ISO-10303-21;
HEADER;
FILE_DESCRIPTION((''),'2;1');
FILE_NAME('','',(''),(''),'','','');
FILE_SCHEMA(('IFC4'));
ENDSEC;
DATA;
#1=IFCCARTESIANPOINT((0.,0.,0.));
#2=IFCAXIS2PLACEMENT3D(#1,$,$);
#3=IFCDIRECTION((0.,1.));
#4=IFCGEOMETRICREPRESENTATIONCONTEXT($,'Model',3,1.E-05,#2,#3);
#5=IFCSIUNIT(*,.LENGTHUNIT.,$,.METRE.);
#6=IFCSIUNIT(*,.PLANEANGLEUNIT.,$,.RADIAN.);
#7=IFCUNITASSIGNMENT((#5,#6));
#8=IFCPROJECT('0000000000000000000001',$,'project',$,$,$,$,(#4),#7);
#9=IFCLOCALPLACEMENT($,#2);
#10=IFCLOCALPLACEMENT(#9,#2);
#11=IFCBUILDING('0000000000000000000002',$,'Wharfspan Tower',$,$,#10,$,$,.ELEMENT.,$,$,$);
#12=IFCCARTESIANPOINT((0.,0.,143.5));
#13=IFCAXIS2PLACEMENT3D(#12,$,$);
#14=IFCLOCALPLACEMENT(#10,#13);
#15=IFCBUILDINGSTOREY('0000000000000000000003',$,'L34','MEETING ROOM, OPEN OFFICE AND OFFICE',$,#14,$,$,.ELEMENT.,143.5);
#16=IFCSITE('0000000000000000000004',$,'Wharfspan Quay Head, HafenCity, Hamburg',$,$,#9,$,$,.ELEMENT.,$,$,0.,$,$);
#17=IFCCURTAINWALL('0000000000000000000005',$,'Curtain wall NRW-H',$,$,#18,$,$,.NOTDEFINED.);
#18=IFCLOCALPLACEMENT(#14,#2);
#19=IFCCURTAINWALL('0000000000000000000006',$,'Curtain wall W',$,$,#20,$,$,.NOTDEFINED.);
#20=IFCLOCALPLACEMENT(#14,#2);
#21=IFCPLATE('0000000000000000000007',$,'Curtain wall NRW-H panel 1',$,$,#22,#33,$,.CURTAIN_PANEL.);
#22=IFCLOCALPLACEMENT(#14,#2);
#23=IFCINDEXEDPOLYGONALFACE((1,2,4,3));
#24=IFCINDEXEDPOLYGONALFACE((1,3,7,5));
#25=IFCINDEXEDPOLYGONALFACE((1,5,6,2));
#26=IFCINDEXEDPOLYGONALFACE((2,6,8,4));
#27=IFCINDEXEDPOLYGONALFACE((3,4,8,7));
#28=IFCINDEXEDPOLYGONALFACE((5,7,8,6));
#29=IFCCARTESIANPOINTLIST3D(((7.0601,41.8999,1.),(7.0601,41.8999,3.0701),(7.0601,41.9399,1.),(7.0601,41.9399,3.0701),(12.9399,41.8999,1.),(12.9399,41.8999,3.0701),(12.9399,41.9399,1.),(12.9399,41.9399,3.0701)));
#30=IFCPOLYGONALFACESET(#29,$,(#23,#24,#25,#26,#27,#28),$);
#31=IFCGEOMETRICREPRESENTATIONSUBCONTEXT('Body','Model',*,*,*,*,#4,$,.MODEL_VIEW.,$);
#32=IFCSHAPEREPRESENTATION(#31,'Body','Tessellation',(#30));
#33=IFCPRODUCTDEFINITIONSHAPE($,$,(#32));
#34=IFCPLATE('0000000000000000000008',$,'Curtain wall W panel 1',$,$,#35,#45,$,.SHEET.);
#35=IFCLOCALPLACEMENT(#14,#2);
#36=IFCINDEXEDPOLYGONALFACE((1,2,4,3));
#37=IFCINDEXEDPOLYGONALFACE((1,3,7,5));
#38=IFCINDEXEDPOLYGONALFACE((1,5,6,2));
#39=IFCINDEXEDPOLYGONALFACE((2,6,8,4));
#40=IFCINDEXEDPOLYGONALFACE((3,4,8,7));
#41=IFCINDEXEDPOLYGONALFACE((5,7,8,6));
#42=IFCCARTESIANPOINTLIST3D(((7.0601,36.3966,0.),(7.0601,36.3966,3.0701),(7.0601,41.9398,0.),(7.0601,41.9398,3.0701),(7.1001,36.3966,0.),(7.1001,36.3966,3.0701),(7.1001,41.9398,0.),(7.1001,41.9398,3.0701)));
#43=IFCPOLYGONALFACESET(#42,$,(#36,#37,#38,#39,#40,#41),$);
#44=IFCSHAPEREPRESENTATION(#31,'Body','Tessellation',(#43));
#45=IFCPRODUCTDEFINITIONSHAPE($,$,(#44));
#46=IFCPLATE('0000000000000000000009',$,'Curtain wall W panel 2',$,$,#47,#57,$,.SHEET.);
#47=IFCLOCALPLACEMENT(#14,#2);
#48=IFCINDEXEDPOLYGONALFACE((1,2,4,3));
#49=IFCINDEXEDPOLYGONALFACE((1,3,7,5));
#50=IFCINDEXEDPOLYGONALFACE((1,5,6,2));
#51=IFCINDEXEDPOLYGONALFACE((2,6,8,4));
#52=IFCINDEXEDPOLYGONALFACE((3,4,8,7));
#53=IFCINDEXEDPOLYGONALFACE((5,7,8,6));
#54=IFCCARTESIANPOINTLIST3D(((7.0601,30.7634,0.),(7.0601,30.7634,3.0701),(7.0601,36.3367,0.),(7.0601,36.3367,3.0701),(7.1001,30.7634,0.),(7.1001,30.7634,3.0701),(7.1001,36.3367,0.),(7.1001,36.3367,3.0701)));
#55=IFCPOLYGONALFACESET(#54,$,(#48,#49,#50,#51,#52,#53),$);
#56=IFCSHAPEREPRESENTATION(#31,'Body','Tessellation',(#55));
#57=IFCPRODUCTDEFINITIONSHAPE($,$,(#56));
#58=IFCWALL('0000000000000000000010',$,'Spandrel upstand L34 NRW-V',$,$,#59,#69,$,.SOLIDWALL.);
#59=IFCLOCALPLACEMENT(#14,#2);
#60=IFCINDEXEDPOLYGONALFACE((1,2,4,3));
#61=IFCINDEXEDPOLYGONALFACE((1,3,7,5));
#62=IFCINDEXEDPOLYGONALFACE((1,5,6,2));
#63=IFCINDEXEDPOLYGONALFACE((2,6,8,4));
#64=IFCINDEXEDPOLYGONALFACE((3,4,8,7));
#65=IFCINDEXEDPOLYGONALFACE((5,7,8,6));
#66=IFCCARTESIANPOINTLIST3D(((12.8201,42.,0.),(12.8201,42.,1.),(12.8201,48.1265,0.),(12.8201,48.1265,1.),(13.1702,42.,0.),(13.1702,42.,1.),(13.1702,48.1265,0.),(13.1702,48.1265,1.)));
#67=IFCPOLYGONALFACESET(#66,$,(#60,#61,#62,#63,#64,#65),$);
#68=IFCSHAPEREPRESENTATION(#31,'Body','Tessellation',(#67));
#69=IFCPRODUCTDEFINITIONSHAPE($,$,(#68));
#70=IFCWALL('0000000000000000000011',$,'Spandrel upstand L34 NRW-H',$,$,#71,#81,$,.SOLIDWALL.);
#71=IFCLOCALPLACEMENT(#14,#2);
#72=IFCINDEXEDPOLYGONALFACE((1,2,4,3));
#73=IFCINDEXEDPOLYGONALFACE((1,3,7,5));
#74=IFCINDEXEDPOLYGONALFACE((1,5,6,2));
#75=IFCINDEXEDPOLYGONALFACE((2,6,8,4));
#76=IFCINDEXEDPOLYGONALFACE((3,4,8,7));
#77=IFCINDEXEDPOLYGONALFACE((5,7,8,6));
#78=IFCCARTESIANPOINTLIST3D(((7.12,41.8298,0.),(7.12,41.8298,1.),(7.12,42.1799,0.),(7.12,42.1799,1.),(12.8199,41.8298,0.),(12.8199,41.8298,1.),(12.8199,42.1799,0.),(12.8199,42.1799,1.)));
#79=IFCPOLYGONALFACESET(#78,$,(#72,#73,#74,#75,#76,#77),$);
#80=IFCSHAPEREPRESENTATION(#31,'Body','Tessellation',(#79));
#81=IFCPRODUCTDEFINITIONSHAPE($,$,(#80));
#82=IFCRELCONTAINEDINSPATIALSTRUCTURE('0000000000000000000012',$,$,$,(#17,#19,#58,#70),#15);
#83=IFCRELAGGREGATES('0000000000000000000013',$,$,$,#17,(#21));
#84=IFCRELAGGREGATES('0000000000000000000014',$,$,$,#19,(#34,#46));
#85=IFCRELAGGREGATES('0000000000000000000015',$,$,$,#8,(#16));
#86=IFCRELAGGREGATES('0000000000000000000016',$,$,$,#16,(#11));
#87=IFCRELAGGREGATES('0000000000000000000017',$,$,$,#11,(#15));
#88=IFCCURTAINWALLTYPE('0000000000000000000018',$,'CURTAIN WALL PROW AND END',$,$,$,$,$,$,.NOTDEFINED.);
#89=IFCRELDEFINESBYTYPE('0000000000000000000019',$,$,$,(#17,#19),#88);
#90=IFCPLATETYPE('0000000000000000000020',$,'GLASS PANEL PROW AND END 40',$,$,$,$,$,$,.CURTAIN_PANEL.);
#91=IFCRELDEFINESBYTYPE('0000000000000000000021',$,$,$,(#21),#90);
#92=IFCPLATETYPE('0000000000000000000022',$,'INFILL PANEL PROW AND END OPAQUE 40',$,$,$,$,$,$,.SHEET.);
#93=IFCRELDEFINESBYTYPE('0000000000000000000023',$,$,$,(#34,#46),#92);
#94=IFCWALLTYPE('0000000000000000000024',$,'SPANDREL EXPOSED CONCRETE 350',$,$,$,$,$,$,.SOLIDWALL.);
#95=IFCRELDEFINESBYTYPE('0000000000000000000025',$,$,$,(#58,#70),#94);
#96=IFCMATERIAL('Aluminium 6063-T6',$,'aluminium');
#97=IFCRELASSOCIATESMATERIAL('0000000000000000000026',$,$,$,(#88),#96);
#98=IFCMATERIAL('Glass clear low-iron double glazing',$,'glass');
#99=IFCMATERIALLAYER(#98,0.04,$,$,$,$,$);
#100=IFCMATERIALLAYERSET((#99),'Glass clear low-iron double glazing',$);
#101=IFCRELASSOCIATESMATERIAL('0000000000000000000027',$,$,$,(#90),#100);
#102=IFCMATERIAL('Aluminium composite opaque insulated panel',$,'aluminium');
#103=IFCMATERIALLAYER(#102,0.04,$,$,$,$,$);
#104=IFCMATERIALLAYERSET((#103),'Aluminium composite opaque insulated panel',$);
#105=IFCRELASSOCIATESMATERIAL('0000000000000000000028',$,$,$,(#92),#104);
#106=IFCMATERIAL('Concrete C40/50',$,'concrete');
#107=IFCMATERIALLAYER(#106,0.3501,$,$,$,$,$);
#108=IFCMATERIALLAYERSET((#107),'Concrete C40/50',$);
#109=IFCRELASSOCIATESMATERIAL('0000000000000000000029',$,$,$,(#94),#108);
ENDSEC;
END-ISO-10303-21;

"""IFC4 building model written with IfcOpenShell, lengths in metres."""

from ifc_helpers import new_model, si_unit, direction, frame, frame_2d, origin, origin_2d, place, context, subcontext, project, spatial, rectangle, extrude, material, layer, layer_set, type_object, element, aggregate, save


model = new_model("IFC4")

# Units and contexts
model_context = context("Model", 3, precision=1e-05, world=origin(), true_north=direction((0.0, 1.0)))
body_context = subcontext(model_context, "Body", "Model", "MODEL_VIEW")
ifc_project = project(units=[si_unit("LENGTHUNIT", "METRE"), si_unit("PLANEANGLEUNIT", "RADIAN")], contexts=[model_context])

# Site, building, storey
site_placement = place(None, origin())
site = spatial("IfcSite", under=ifc_project, at=site_placement, Name="Wharfspan Quay Head, HafenCity, Hamburg", CompositionType="ELEMENT", RefElevation=0.0)
building_placement = place(site_placement, origin())
building = spatial("IfcBuilding", under=site, at=building_placement, Name="Wharfspan Tower", CompositionType="ELEMENT")
storey_placement = place(building_placement, frame((0.0, 0.0, 143.5)))
storey = spatial("IfcBuildingStorey", under=building, at=storey_placement, Name="L34", Description="MEETING ROOM, OPEN OFFICE AND OFFICE", CompositionType="ELEMENT", Elevation=143.5)

# Curtain walls
ifc_material_1 = material(Name="Aluminium 6063-T6", Category="aluminium")
curtain_wall_type = type_object("IfcCurtainWallType", Name="CURTAIN WALL PROW AND END", PredefinedType="NOTDEFINED", material=ifc_material_1)
curtain_wall_1_placement = place(storey_placement, origin())
curtain_wall_1 = element("IfcCurtainWall", 1, at=curtain_wall_1_placement, inside=storey, type_object=curtain_wall_type, Name="Curtain wall NRW-H", PredefinedType="NOTDEFINED")
curtain_wall_2_placement = place(storey_placement, origin())
curtain_wall_2 = element("IfcCurtainWall", 2, at=curtain_wall_2_placement, inside=storey, type_object=curtain_wall_type, Name="Curtain wall W", PredefinedType="NOTDEFINED")

# Plates
ifc_material_2 = material(Name="Glass clear low-iron double glazing", Category="glass")
ifc_layer_1 = layer(ifc_material_2, 0.04)
ifc_layer_set_1 = layer_set([ifc_layer_1], Name="Glass clear low-iron double glazing")
plate_type_1 = type_object("IfcPlateType", Name="GLASS PANEL PROW AND END 40", PredefinedType="CURTAIN_PANEL", material=ifc_layer_set_1)
plate_1_placement = place(storey_placement, frame((10.0, 41.9199, 1.0), z_axis=(0.0, 0.0, 1.0), x_axis=(-1.0, 0.0, 0.0)))
plate_1 = element("IfcPlate", 3, at=plate_1_placement, type_object=plate_type_1, Name="Curtain wall NRW-H panel 1", PredefinedType="CURTAIN_PANEL", context=body_context, shape_type="SweptSolid", body=[
    extrude(rectangle(XDim=5.8799, YDim=0.04, at=origin_2d()), origin(), (0.0, 0.0, 1.0), 2.0701),
])
aggregate(curtain_wall_1, [plate_1])
ifc_material_3 = material(Name="Aluminium composite opaque insulated panel", Category="aluminium")
ifc_layer_2 = layer(ifc_material_3, 0.04)
ifc_layer_set_2 = layer_set([ifc_layer_2], Name="Aluminium composite opaque insulated panel")
plate_type_2 = type_object("IfcPlateType", Name="INFILL PANEL PROW AND END OPAQUE 40", PredefinedType="SHEET", material=ifc_layer_set_2)
plate_2_placement = place(storey_placement, frame((7.0801, 39.1682, 0.0), z_axis=(0.0, 0.0, 1.0), x_axis=(0.0, -1.0, 0.0)))
plate_2 = element("IfcPlate", 4, at=plate_2_placement, type_object=plate_type_2, Name="Curtain wall W panel 1", PredefinedType="SHEET", context=body_context, shape_type="SweptSolid", body=[
    extrude(rectangle(XDim=5.5432, YDim=0.04, at=origin_2d()), origin(), (0.0, 0.0, 1.0), 3.0701),
])
plate_3_placement = place(storey_placement, frame((7.0801, 33.55, 0.0), z_axis=(0.0, 0.0, 1.0), x_axis=(0.0, -1.0, 0.0)))
plate_3 = element("IfcPlate", 5, at=plate_3_placement, type_object=plate_type_2, Name="Curtain wall W panel 2", PredefinedType="SHEET", context=body_context, shape_type="SweptSolid", body=[
    extrude(rectangle(XDim=5.5732, YDim=0.04, at=origin_2d()), origin(), (0.0, 0.0, 1.0), 3.0701),
])
aggregate(curtain_wall_2, [plate_2, plate_3])

# Walls
ifc_material_4 = material(Name="Concrete C40/50", Category="concrete")
ifc_layer_3 = layer(ifc_material_4, 0.3501)
ifc_layer_set_3 = layer_set([ifc_layer_3], Name="Concrete C40/50")
wall_type = type_object("IfcWallType", Name="SPANDREL EXPOSED CONCRETE 350", PredefinedType="SOLIDWALL", material=ifc_layer_set_3)
wall_1_placement = place(storey_placement, frame((12.9951, 48.1265, 0.0), z_axis=(0.0, 0.0, 1.0), x_axis=(0.0, -1.0, 0.0)))
element("IfcWall", 6, at=wall_1_placement, inside=storey, type_object=wall_type, Name="Spandrel upstand L34 NRW-V", PredefinedType="SOLIDWALL", context=body_context, shape_type="SweptSolid", body=[
    extrude(rectangle(XDim=6.1265, YDim=0.3501, at=frame_2d((3.0632, 0.0))), origin(), (0.0, 0.0, 1.0), 1.0),
])
wall_2_placement = place(storey_placement, frame((12.8201, 42.0049, 0.0), z_axis=(0.0, 0.0, 1.0), x_axis=(-1.0, 0.0, 0.0)))
element("IfcWall", 7, at=wall_2_placement, inside=storey, type_object=wall_type, Name="Spandrel upstand L34 NRW-H", PredefinedType="SOLIDWALL", context=body_context, shape_type="SweptSolid", body=[
    extrude(rectangle(XDim=5.7, YDim=0.3501, at=frame_2d((2.8501, 0.0))), origin(), (0.0, 0.0, 1.0), 1.0),
])

save(model, "model.ifc")
